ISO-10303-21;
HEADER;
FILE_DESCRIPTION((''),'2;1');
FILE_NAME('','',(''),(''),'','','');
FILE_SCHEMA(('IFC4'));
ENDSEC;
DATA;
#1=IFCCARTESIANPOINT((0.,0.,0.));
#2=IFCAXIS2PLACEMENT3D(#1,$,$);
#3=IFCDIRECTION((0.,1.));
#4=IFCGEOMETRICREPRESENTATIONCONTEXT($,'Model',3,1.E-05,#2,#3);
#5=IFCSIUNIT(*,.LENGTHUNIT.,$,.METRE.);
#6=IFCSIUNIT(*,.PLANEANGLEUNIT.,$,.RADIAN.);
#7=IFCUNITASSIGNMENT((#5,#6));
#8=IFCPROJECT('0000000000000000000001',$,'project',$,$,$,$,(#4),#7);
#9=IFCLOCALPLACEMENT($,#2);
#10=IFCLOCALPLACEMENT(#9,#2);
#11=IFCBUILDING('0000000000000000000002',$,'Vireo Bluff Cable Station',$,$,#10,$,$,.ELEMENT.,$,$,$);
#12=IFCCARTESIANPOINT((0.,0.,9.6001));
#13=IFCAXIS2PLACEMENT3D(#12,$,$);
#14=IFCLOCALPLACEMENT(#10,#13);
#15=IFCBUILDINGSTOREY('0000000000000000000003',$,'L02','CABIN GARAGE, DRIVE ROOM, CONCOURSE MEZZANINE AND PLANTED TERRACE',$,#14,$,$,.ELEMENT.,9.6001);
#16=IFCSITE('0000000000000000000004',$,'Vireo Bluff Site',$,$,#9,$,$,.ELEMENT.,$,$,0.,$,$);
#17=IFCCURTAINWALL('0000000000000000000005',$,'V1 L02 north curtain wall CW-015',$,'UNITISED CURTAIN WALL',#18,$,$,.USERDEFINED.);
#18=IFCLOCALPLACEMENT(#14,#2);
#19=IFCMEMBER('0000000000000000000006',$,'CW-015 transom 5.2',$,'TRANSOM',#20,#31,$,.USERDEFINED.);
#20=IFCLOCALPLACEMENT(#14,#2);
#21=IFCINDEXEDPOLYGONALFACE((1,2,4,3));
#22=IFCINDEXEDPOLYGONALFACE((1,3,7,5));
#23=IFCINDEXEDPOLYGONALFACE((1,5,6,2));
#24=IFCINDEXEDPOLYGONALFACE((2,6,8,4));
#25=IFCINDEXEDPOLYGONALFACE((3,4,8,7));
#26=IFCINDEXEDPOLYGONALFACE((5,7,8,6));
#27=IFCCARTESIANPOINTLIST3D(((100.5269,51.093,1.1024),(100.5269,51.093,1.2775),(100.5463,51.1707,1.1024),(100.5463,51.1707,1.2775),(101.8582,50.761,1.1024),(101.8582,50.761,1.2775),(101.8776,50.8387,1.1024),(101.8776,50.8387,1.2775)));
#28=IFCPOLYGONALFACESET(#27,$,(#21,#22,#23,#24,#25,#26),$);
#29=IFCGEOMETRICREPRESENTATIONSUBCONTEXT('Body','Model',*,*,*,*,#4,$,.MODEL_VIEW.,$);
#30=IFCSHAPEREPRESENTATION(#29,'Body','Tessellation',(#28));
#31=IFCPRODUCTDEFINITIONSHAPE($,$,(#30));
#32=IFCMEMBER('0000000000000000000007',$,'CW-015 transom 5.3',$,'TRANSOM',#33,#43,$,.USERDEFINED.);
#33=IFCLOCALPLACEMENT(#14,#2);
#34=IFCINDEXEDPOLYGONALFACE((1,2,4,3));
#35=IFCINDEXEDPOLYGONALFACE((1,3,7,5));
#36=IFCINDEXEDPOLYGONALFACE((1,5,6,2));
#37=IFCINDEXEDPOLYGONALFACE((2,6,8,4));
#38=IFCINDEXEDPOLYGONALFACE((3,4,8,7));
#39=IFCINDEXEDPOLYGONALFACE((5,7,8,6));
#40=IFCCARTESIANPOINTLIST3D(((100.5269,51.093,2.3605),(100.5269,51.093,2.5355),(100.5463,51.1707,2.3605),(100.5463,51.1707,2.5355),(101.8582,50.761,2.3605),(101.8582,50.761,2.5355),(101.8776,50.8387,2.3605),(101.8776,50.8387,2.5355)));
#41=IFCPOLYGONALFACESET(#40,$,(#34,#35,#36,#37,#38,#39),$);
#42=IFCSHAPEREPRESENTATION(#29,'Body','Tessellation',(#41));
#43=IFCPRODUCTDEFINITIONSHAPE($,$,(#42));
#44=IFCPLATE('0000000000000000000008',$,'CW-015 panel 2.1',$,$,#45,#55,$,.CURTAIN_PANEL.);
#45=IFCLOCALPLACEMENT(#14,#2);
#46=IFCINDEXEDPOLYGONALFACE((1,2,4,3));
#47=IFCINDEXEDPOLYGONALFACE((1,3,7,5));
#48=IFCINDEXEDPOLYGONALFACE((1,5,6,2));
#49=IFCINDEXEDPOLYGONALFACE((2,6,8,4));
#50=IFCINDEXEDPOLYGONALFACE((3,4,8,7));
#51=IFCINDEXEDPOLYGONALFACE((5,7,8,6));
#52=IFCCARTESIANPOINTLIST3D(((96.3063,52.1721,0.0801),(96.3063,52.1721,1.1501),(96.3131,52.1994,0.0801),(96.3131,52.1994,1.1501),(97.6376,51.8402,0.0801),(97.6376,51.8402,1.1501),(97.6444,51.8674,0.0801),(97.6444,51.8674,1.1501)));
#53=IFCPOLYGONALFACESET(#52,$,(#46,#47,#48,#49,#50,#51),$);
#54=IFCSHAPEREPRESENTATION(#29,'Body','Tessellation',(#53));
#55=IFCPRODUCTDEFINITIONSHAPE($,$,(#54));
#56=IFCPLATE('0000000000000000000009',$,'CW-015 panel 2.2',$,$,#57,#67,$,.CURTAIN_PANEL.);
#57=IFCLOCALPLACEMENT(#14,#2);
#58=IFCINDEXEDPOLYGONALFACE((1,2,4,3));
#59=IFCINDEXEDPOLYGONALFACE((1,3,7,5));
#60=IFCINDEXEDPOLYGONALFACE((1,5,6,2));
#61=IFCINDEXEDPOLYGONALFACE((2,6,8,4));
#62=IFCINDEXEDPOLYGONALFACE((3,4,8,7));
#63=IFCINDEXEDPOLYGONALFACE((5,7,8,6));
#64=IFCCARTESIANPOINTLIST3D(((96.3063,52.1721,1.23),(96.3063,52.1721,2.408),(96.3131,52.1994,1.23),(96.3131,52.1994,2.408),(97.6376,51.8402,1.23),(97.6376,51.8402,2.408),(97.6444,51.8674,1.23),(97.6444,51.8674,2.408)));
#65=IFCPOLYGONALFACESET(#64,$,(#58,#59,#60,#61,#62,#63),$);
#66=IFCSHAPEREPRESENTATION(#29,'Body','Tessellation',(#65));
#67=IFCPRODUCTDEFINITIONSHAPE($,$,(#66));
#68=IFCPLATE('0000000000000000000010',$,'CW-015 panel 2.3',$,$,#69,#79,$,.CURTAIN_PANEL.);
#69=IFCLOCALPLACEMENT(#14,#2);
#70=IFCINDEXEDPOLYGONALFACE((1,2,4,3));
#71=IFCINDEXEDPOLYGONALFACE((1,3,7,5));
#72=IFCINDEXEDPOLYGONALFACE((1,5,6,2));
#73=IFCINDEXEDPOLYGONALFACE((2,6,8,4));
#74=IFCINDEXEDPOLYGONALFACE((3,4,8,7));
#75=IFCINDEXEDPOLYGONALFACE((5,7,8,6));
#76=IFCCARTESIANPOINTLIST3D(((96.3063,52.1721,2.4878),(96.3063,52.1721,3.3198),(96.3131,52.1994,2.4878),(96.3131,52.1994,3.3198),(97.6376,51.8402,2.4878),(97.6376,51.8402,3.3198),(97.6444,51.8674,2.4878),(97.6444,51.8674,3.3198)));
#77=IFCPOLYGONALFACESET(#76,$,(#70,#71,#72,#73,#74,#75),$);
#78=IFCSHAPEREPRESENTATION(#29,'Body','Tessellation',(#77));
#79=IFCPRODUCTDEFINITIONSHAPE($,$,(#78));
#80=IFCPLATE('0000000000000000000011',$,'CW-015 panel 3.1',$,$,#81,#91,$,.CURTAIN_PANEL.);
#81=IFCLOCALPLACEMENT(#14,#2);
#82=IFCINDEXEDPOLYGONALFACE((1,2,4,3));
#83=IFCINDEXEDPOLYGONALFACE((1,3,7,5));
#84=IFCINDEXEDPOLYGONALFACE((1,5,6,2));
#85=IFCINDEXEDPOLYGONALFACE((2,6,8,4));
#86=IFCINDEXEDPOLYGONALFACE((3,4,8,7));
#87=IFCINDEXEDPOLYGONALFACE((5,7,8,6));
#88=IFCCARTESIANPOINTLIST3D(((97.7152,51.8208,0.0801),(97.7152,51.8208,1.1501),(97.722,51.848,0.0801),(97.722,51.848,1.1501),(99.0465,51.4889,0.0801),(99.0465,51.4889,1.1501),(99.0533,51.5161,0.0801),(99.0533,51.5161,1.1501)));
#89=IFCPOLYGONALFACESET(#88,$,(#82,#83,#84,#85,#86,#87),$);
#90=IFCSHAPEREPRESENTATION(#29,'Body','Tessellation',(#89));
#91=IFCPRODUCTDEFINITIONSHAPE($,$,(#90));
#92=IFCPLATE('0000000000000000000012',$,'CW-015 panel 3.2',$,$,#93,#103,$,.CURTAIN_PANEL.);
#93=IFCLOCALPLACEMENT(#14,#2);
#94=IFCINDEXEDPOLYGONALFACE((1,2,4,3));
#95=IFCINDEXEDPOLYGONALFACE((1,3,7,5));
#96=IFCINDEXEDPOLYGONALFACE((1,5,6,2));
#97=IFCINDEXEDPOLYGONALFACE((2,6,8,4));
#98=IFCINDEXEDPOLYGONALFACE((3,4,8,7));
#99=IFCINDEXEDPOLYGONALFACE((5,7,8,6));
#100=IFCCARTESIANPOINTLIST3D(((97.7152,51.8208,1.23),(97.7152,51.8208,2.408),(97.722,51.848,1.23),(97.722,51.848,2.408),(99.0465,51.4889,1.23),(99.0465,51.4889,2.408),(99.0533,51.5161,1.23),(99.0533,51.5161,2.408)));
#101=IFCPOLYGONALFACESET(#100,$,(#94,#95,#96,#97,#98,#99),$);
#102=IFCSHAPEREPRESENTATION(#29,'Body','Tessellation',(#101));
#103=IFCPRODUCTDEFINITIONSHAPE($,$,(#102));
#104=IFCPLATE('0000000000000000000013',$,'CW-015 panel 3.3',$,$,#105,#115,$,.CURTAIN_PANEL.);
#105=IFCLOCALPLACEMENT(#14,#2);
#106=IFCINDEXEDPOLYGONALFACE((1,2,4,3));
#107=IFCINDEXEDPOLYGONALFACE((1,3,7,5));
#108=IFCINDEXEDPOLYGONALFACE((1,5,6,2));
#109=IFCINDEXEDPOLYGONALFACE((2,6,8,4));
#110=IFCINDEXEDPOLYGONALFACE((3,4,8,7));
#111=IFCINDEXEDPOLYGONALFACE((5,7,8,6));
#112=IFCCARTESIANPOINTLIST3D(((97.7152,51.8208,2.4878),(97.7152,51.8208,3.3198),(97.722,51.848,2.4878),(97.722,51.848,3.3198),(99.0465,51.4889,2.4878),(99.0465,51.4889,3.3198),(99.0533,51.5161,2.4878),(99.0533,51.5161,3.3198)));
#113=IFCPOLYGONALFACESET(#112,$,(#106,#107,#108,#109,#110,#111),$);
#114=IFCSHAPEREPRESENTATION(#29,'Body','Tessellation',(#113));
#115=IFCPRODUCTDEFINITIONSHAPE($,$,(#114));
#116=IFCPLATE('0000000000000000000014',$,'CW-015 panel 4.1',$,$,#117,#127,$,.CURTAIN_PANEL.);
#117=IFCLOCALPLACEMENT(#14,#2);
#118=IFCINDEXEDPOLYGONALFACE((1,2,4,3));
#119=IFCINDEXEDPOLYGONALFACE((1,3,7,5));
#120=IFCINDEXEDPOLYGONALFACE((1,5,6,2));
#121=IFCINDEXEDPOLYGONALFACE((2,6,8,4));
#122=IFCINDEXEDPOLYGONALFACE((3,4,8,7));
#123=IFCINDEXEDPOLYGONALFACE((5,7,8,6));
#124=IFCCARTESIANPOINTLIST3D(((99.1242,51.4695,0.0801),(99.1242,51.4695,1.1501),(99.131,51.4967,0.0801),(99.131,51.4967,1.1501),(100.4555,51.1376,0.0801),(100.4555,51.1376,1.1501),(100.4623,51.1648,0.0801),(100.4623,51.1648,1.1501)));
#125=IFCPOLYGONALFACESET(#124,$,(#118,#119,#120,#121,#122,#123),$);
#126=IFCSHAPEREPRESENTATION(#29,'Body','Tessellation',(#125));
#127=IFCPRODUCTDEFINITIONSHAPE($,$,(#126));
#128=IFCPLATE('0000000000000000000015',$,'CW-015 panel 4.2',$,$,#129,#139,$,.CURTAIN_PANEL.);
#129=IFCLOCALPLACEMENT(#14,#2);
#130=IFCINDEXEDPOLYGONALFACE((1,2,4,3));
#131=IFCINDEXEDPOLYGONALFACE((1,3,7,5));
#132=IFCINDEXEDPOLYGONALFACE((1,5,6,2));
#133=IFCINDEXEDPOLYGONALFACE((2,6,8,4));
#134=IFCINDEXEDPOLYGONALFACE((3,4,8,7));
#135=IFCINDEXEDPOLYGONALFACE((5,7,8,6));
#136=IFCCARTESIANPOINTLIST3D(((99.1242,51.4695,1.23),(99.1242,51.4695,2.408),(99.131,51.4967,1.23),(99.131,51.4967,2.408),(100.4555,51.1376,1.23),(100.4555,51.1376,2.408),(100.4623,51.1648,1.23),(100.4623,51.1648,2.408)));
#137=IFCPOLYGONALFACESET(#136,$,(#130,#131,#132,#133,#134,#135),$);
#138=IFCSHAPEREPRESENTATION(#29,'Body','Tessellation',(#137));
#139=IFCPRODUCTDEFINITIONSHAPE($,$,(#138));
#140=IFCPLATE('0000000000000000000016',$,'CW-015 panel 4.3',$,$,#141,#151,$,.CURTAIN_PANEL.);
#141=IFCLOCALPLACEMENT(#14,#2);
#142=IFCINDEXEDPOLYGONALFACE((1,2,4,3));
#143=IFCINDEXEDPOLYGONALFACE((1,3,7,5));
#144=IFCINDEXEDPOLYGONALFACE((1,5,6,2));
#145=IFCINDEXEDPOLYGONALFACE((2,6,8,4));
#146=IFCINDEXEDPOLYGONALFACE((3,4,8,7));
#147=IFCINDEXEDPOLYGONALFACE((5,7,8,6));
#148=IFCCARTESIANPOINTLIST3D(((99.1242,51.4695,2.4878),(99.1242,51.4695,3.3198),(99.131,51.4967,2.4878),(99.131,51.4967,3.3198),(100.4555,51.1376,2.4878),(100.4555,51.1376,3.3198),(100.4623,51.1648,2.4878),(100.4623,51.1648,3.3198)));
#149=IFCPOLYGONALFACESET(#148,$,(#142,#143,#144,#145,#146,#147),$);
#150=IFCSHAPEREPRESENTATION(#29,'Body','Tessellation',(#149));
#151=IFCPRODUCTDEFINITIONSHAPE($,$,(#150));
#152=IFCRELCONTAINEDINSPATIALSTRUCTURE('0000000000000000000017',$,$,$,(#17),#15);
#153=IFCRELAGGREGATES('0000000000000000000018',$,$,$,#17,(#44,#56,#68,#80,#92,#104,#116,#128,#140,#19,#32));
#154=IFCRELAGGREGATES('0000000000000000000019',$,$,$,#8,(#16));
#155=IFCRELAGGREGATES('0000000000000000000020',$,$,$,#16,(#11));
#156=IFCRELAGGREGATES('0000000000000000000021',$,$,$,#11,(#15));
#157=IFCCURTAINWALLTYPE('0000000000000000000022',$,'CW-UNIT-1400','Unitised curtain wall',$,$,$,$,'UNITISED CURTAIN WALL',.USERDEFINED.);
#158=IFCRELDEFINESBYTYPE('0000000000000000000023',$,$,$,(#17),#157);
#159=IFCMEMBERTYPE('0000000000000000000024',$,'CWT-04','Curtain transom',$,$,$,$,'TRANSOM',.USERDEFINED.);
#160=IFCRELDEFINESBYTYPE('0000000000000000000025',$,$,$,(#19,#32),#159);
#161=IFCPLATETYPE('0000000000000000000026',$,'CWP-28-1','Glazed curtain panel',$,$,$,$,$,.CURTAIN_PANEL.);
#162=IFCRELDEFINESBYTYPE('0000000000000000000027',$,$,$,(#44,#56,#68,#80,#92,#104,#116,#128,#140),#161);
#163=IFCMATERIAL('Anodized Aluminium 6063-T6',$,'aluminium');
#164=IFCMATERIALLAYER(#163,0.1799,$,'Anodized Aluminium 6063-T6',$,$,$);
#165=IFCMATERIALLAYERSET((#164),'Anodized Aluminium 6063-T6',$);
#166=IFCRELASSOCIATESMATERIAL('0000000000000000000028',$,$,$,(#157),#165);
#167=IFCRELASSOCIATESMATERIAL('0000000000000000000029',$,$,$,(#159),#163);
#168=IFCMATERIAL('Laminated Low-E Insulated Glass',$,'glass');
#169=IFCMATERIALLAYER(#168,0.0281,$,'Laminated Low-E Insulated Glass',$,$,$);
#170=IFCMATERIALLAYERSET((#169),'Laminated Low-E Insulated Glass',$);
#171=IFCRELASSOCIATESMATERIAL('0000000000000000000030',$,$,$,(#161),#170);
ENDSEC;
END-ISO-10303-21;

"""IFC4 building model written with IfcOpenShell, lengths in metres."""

from ifc_helpers import new_model, si_unit, direction, frame, origin, origin_2d, place, context, subcontext, project, spatial, rectangle, extrude, material, layer, layer_set, material_profile, profile_set, type_object, element, aggregate, save


model = new_model("IFC4")

# Units and contexts
model_context = context("Model", 3, precision=1e-05, world=origin(), true_north=direction((0.0, 1.0)))
body_context = subcontext(model_context, "Body", "Model", "MODEL_VIEW")
ifc_project = project(units=[si_unit("LENGTHUNIT", "METRE"), si_unit("PLANEANGLEUNIT", "RADIAN")], contexts=[model_context])

# Site, building, storey
site_placement = place(None, origin())
site = spatial("IfcSite", under=ifc_project, at=site_placement, Name="Vireo Bluff Site", CompositionType="ELEMENT", RefElevation=0.0)
building_placement = place(site_placement, origin())
building = spatial("IfcBuilding", under=site, at=building_placement, Name="Vireo Bluff Cable Station", CompositionType="ELEMENT")
storey_placement = place(building_placement, frame((0.0, 0.0, 9.6001)))
storey = spatial("IfcBuildingStorey", under=building, at=storey_placement, Name="L02", Description="CABIN GARAGE, DRIVE ROOM, CONCOURSE MEZZANINE AND PLANTED TERRACE", CompositionType="ELEMENT", Elevation=9.6001)

# Curtain wall, members, plates
ifc_material_1 = material(Name="Anodized Aluminium 6063-T6", Category="aluminium")
ifc_layer_1 = layer(ifc_material_1, 0.1799, Name="Anodized Aluminium 6063-T6")
ifc_layer_set_1 = layer_set([ifc_layer_1], Name="Anodized Aluminium 6063-T6")
curtain_wall_type = type_object("IfcCurtainWallType", Name="CW-UNIT-1400", Description="Unitised curtain wall", ElementType="UNITISED CURTAIN WALL", PredefinedType="USERDEFINED", material=ifc_layer_set_1)
curtain_wall_placement = place(storey_placement, origin())
curtain_wall = element("IfcCurtainWall", 1, at=curtain_wall_placement, inside=storey, type_object=curtain_wall_type, Name="V1 L02 north curtain wall CW-015", ObjectType="UNITISED CURTAIN WALL", PredefinedType="USERDEFINED")
ifc_material_profile_1 = material_profile(ifc_material_1, rectangle(XDim=0.0801, YDim=0.175, at=origin_2d()), Name="ALU-T-80X175")
ifc_profile_set_1 = profile_set([ifc_material_profile_1], Name="Anodized Aluminium 6063-T6")
member_type_1 = type_object("IfcMemberType", Name="CWT-04", Description="Curtain transom", ElementType="TRANSOM", PredefinedType="USERDEFINED", material=ifc_profile_set_1)
member_1_placement = place(storey_placement, frame((100.5366, 51.1318, 1.1899), z_axis=(0.970278, -0.241991, 0.0), x_axis=(0.241991, 0.970278, 0.0)))
member_1 = element("IfcMember", 2, at=member_1_placement, type_object=member_type_1, Name="CW-015 transom 5.2", ObjectType="TRANSOM", PredefinedType="USERDEFINED", context=body_context, shape_type="SweptSolid", body=[
    extrude(rectangle(XDim=0.0801, YDim=0.175, at=origin_2d()), origin(), (0.0, 0.0, 1.0), 1.3721),
])
member_2_placement = place(storey_placement, frame((100.5366, 51.1318, 2.448), z_axis=(0.970278, -0.241991, 0.0), x_axis=(0.241991, 0.970278, 0.0)))
member_2 = element("IfcMember", 3, at=member_2_placement, type_object=member_type_1, Name="CW-015 transom 5.3", ObjectType="TRANSOM", PredefinedType="USERDEFINED", context=body_context, shape_type="SweptSolid", body=[
    extrude(rectangle(XDim=0.0801, YDim=0.175, at=origin_2d()), origin(), (0.0, 0.0, 1.0), 1.3721),
])
ifc_material_2 = material(Name="Laminated Low-E Insulated Glass", Category="glass")
ifc_layer_2 = layer(ifc_material_2, 0.0281, Name="Laminated Low-E Insulated Glass")
ifc_layer_set_2 = layer_set([ifc_layer_2], Name="Laminated Low-E Insulated Glass")
plate_type = type_object("IfcPlateType", Name="CWP-28-1", Description="Glazed curtain panel", PredefinedType="CURTAIN_PANEL", material=ifc_layer_set_2)
plate_1_placement = place(storey_placement, frame((96.9753, 52.0198, 0.0801), z_axis=(0.0, 0.0, 1.0), x_axis=(0.970296, -0.241922, 0.0)))
plate_1 = element("IfcPlate", 4, at=plate_1_placement, type_object=plate_type, Name="CW-015 panel 2.1", PredefinedType="CURTAIN_PANEL", context=body_context, shape_type="SweptSolid", body=[
    extrude(rectangle(XDim=1.3721, YDim=0.0281, at=origin_2d()), origin(), (0.0, 0.0, 1.0), 1.0701),
])
plate_2_placement = place(storey_placement, frame((96.9753, 52.0198, 1.23), z_axis=(0.0, 0.0, 1.0), x_axis=(0.970296, -0.241922, 0.0)))
plate_2 = element("IfcPlate", 5, at=plate_2_placement, type_object=plate_type, Name="CW-015 panel 2.2", PredefinedType="CURTAIN_PANEL", context=body_context, shape_type="SweptSolid", body=[
    extrude(rectangle(XDim=1.3721, YDim=0.0281, at=origin_2d()), origin(), (0.0, 0.0, 1.0), 1.178),
])
plate_3_placement = place(storey_placement, frame((96.9753, 52.0198, 2.4878), z_axis=(0.0, 0.0, 1.0), x_axis=(0.970296, -0.241922, 0.0)))
plate_3 = element("IfcPlate", 6, at=plate_3_placement, type_object=plate_type, Name="CW-015 panel 2.3", PredefinedType="CURTAIN_PANEL", context=body_context, shape_type="SweptSolid", body=[
    extrude(rectangle(XDim=1.3721, YDim=0.0281, at=origin_2d()), origin(), (0.0, 0.0, 1.0), 0.832),
])
plate_4_placement = place(storey_placement, frame((98.3843, 51.6685, 0.0801), z_axis=(0.0, 0.0, 1.0), x_axis=(0.970296, -0.241922, 0.0)))
plate_4 = element("IfcPlate", 7, at=plate_4_placement, type_object=plate_type, Name="CW-015 panel 3.1", PredefinedType="CURTAIN_PANEL", context=body_context, shape_type="SweptSolid", body=[
    extrude(rectangle(XDim=1.3721, YDim=0.0281, at=origin_2d()), origin(), (0.0, 0.0, 1.0), 1.0701),
])
plate_5_placement = place(storey_placement, frame((98.3843, 51.6685, 1.23), z_axis=(0.0, 0.0, 1.0), x_axis=(0.970296, -0.241922, 0.0)))
plate_5 = element("IfcPlate", 8, at=plate_5_placement, type_object=plate_type, Name="CW-015 panel 3.2", PredefinedType="CURTAIN_PANEL", context=body_context, shape_type="SweptSolid", body=[
    extrude(rectangle(XDim=1.3721, YDim=0.0281, at=origin_2d()), origin(), (0.0, 0.0, 1.0), 1.178),
])
plate_6_placement = place(storey_placement, frame((98.3843, 51.6685, 2.4878), z_axis=(0.0, 0.0, 1.0), x_axis=(0.970296, -0.241922, 0.0)))
plate_6 = element("IfcPlate", 9, at=plate_6_placement, type_object=plate_type, Name="CW-015 panel 3.3", PredefinedType="CURTAIN_PANEL", context=body_context, shape_type="SweptSolid", body=[
    extrude(rectangle(XDim=1.3721, YDim=0.0281, at=origin_2d()), origin(), (0.0, 0.0, 1.0), 0.832),
])
plate_7_placement = place(storey_placement, frame((99.7932, 51.3171, 0.0801), z_axis=(0.0, 0.0, 1.0), x_axis=(0.970296, -0.241922, 0.0)))
plate_7 = element("IfcPlate", 10, at=plate_7_placement, type_object=plate_type, Name="CW-015 panel 4.1", PredefinedType="CURTAIN_PANEL", context=body_context, shape_type="SweptSolid", body=[
    extrude(rectangle(XDim=1.3721, YDim=0.0281, at=origin_2d()), origin(), (0.0, 0.0, 1.0), 1.0701),
])
plate_8_placement = place(storey_placement, frame((99.7932, 51.3171, 1.23), z_axis=(0.0, 0.0, 1.0), x_axis=(0.970296, -0.241922, 0.0)))
plate_8 = element("IfcPlate", 11, at=plate_8_placement, type_object=plate_type, Name="CW-015 panel 4.2", PredefinedType="CURTAIN_PANEL", context=body_context, shape_type="SweptSolid", body=[
    extrude(rectangle(XDim=1.3721, YDim=0.0281, at=origin_2d()), origin(), (0.0, 0.0, 1.0), 1.178),
])
plate_9_placement = place(storey_placement, frame((99.7932, 51.3171, 2.4878), z_axis=(0.0, 0.0, 1.0), x_axis=(0.970296, -0.241922, 0.0)))
plate_9 = element("IfcPlate", 12, at=plate_9_placement, type_object=plate_type, Name="CW-015 panel 4.3", PredefinedType="CURTAIN_PANEL", context=body_context, shape_type="SweptSolid", body=[
    extrude(rectangle(XDim=1.3721, YDim=0.0281, at=origin_2d()), origin(), (0.0, 0.0, 1.0), 0.832),
])
aggregate(curtain_wall, [plate_1, plate_2, plate_3, plate_4, plate_5, plate_6, plate_7, plate_8, plate_9, member_1, member_2])

save(model, "model.ifc")
